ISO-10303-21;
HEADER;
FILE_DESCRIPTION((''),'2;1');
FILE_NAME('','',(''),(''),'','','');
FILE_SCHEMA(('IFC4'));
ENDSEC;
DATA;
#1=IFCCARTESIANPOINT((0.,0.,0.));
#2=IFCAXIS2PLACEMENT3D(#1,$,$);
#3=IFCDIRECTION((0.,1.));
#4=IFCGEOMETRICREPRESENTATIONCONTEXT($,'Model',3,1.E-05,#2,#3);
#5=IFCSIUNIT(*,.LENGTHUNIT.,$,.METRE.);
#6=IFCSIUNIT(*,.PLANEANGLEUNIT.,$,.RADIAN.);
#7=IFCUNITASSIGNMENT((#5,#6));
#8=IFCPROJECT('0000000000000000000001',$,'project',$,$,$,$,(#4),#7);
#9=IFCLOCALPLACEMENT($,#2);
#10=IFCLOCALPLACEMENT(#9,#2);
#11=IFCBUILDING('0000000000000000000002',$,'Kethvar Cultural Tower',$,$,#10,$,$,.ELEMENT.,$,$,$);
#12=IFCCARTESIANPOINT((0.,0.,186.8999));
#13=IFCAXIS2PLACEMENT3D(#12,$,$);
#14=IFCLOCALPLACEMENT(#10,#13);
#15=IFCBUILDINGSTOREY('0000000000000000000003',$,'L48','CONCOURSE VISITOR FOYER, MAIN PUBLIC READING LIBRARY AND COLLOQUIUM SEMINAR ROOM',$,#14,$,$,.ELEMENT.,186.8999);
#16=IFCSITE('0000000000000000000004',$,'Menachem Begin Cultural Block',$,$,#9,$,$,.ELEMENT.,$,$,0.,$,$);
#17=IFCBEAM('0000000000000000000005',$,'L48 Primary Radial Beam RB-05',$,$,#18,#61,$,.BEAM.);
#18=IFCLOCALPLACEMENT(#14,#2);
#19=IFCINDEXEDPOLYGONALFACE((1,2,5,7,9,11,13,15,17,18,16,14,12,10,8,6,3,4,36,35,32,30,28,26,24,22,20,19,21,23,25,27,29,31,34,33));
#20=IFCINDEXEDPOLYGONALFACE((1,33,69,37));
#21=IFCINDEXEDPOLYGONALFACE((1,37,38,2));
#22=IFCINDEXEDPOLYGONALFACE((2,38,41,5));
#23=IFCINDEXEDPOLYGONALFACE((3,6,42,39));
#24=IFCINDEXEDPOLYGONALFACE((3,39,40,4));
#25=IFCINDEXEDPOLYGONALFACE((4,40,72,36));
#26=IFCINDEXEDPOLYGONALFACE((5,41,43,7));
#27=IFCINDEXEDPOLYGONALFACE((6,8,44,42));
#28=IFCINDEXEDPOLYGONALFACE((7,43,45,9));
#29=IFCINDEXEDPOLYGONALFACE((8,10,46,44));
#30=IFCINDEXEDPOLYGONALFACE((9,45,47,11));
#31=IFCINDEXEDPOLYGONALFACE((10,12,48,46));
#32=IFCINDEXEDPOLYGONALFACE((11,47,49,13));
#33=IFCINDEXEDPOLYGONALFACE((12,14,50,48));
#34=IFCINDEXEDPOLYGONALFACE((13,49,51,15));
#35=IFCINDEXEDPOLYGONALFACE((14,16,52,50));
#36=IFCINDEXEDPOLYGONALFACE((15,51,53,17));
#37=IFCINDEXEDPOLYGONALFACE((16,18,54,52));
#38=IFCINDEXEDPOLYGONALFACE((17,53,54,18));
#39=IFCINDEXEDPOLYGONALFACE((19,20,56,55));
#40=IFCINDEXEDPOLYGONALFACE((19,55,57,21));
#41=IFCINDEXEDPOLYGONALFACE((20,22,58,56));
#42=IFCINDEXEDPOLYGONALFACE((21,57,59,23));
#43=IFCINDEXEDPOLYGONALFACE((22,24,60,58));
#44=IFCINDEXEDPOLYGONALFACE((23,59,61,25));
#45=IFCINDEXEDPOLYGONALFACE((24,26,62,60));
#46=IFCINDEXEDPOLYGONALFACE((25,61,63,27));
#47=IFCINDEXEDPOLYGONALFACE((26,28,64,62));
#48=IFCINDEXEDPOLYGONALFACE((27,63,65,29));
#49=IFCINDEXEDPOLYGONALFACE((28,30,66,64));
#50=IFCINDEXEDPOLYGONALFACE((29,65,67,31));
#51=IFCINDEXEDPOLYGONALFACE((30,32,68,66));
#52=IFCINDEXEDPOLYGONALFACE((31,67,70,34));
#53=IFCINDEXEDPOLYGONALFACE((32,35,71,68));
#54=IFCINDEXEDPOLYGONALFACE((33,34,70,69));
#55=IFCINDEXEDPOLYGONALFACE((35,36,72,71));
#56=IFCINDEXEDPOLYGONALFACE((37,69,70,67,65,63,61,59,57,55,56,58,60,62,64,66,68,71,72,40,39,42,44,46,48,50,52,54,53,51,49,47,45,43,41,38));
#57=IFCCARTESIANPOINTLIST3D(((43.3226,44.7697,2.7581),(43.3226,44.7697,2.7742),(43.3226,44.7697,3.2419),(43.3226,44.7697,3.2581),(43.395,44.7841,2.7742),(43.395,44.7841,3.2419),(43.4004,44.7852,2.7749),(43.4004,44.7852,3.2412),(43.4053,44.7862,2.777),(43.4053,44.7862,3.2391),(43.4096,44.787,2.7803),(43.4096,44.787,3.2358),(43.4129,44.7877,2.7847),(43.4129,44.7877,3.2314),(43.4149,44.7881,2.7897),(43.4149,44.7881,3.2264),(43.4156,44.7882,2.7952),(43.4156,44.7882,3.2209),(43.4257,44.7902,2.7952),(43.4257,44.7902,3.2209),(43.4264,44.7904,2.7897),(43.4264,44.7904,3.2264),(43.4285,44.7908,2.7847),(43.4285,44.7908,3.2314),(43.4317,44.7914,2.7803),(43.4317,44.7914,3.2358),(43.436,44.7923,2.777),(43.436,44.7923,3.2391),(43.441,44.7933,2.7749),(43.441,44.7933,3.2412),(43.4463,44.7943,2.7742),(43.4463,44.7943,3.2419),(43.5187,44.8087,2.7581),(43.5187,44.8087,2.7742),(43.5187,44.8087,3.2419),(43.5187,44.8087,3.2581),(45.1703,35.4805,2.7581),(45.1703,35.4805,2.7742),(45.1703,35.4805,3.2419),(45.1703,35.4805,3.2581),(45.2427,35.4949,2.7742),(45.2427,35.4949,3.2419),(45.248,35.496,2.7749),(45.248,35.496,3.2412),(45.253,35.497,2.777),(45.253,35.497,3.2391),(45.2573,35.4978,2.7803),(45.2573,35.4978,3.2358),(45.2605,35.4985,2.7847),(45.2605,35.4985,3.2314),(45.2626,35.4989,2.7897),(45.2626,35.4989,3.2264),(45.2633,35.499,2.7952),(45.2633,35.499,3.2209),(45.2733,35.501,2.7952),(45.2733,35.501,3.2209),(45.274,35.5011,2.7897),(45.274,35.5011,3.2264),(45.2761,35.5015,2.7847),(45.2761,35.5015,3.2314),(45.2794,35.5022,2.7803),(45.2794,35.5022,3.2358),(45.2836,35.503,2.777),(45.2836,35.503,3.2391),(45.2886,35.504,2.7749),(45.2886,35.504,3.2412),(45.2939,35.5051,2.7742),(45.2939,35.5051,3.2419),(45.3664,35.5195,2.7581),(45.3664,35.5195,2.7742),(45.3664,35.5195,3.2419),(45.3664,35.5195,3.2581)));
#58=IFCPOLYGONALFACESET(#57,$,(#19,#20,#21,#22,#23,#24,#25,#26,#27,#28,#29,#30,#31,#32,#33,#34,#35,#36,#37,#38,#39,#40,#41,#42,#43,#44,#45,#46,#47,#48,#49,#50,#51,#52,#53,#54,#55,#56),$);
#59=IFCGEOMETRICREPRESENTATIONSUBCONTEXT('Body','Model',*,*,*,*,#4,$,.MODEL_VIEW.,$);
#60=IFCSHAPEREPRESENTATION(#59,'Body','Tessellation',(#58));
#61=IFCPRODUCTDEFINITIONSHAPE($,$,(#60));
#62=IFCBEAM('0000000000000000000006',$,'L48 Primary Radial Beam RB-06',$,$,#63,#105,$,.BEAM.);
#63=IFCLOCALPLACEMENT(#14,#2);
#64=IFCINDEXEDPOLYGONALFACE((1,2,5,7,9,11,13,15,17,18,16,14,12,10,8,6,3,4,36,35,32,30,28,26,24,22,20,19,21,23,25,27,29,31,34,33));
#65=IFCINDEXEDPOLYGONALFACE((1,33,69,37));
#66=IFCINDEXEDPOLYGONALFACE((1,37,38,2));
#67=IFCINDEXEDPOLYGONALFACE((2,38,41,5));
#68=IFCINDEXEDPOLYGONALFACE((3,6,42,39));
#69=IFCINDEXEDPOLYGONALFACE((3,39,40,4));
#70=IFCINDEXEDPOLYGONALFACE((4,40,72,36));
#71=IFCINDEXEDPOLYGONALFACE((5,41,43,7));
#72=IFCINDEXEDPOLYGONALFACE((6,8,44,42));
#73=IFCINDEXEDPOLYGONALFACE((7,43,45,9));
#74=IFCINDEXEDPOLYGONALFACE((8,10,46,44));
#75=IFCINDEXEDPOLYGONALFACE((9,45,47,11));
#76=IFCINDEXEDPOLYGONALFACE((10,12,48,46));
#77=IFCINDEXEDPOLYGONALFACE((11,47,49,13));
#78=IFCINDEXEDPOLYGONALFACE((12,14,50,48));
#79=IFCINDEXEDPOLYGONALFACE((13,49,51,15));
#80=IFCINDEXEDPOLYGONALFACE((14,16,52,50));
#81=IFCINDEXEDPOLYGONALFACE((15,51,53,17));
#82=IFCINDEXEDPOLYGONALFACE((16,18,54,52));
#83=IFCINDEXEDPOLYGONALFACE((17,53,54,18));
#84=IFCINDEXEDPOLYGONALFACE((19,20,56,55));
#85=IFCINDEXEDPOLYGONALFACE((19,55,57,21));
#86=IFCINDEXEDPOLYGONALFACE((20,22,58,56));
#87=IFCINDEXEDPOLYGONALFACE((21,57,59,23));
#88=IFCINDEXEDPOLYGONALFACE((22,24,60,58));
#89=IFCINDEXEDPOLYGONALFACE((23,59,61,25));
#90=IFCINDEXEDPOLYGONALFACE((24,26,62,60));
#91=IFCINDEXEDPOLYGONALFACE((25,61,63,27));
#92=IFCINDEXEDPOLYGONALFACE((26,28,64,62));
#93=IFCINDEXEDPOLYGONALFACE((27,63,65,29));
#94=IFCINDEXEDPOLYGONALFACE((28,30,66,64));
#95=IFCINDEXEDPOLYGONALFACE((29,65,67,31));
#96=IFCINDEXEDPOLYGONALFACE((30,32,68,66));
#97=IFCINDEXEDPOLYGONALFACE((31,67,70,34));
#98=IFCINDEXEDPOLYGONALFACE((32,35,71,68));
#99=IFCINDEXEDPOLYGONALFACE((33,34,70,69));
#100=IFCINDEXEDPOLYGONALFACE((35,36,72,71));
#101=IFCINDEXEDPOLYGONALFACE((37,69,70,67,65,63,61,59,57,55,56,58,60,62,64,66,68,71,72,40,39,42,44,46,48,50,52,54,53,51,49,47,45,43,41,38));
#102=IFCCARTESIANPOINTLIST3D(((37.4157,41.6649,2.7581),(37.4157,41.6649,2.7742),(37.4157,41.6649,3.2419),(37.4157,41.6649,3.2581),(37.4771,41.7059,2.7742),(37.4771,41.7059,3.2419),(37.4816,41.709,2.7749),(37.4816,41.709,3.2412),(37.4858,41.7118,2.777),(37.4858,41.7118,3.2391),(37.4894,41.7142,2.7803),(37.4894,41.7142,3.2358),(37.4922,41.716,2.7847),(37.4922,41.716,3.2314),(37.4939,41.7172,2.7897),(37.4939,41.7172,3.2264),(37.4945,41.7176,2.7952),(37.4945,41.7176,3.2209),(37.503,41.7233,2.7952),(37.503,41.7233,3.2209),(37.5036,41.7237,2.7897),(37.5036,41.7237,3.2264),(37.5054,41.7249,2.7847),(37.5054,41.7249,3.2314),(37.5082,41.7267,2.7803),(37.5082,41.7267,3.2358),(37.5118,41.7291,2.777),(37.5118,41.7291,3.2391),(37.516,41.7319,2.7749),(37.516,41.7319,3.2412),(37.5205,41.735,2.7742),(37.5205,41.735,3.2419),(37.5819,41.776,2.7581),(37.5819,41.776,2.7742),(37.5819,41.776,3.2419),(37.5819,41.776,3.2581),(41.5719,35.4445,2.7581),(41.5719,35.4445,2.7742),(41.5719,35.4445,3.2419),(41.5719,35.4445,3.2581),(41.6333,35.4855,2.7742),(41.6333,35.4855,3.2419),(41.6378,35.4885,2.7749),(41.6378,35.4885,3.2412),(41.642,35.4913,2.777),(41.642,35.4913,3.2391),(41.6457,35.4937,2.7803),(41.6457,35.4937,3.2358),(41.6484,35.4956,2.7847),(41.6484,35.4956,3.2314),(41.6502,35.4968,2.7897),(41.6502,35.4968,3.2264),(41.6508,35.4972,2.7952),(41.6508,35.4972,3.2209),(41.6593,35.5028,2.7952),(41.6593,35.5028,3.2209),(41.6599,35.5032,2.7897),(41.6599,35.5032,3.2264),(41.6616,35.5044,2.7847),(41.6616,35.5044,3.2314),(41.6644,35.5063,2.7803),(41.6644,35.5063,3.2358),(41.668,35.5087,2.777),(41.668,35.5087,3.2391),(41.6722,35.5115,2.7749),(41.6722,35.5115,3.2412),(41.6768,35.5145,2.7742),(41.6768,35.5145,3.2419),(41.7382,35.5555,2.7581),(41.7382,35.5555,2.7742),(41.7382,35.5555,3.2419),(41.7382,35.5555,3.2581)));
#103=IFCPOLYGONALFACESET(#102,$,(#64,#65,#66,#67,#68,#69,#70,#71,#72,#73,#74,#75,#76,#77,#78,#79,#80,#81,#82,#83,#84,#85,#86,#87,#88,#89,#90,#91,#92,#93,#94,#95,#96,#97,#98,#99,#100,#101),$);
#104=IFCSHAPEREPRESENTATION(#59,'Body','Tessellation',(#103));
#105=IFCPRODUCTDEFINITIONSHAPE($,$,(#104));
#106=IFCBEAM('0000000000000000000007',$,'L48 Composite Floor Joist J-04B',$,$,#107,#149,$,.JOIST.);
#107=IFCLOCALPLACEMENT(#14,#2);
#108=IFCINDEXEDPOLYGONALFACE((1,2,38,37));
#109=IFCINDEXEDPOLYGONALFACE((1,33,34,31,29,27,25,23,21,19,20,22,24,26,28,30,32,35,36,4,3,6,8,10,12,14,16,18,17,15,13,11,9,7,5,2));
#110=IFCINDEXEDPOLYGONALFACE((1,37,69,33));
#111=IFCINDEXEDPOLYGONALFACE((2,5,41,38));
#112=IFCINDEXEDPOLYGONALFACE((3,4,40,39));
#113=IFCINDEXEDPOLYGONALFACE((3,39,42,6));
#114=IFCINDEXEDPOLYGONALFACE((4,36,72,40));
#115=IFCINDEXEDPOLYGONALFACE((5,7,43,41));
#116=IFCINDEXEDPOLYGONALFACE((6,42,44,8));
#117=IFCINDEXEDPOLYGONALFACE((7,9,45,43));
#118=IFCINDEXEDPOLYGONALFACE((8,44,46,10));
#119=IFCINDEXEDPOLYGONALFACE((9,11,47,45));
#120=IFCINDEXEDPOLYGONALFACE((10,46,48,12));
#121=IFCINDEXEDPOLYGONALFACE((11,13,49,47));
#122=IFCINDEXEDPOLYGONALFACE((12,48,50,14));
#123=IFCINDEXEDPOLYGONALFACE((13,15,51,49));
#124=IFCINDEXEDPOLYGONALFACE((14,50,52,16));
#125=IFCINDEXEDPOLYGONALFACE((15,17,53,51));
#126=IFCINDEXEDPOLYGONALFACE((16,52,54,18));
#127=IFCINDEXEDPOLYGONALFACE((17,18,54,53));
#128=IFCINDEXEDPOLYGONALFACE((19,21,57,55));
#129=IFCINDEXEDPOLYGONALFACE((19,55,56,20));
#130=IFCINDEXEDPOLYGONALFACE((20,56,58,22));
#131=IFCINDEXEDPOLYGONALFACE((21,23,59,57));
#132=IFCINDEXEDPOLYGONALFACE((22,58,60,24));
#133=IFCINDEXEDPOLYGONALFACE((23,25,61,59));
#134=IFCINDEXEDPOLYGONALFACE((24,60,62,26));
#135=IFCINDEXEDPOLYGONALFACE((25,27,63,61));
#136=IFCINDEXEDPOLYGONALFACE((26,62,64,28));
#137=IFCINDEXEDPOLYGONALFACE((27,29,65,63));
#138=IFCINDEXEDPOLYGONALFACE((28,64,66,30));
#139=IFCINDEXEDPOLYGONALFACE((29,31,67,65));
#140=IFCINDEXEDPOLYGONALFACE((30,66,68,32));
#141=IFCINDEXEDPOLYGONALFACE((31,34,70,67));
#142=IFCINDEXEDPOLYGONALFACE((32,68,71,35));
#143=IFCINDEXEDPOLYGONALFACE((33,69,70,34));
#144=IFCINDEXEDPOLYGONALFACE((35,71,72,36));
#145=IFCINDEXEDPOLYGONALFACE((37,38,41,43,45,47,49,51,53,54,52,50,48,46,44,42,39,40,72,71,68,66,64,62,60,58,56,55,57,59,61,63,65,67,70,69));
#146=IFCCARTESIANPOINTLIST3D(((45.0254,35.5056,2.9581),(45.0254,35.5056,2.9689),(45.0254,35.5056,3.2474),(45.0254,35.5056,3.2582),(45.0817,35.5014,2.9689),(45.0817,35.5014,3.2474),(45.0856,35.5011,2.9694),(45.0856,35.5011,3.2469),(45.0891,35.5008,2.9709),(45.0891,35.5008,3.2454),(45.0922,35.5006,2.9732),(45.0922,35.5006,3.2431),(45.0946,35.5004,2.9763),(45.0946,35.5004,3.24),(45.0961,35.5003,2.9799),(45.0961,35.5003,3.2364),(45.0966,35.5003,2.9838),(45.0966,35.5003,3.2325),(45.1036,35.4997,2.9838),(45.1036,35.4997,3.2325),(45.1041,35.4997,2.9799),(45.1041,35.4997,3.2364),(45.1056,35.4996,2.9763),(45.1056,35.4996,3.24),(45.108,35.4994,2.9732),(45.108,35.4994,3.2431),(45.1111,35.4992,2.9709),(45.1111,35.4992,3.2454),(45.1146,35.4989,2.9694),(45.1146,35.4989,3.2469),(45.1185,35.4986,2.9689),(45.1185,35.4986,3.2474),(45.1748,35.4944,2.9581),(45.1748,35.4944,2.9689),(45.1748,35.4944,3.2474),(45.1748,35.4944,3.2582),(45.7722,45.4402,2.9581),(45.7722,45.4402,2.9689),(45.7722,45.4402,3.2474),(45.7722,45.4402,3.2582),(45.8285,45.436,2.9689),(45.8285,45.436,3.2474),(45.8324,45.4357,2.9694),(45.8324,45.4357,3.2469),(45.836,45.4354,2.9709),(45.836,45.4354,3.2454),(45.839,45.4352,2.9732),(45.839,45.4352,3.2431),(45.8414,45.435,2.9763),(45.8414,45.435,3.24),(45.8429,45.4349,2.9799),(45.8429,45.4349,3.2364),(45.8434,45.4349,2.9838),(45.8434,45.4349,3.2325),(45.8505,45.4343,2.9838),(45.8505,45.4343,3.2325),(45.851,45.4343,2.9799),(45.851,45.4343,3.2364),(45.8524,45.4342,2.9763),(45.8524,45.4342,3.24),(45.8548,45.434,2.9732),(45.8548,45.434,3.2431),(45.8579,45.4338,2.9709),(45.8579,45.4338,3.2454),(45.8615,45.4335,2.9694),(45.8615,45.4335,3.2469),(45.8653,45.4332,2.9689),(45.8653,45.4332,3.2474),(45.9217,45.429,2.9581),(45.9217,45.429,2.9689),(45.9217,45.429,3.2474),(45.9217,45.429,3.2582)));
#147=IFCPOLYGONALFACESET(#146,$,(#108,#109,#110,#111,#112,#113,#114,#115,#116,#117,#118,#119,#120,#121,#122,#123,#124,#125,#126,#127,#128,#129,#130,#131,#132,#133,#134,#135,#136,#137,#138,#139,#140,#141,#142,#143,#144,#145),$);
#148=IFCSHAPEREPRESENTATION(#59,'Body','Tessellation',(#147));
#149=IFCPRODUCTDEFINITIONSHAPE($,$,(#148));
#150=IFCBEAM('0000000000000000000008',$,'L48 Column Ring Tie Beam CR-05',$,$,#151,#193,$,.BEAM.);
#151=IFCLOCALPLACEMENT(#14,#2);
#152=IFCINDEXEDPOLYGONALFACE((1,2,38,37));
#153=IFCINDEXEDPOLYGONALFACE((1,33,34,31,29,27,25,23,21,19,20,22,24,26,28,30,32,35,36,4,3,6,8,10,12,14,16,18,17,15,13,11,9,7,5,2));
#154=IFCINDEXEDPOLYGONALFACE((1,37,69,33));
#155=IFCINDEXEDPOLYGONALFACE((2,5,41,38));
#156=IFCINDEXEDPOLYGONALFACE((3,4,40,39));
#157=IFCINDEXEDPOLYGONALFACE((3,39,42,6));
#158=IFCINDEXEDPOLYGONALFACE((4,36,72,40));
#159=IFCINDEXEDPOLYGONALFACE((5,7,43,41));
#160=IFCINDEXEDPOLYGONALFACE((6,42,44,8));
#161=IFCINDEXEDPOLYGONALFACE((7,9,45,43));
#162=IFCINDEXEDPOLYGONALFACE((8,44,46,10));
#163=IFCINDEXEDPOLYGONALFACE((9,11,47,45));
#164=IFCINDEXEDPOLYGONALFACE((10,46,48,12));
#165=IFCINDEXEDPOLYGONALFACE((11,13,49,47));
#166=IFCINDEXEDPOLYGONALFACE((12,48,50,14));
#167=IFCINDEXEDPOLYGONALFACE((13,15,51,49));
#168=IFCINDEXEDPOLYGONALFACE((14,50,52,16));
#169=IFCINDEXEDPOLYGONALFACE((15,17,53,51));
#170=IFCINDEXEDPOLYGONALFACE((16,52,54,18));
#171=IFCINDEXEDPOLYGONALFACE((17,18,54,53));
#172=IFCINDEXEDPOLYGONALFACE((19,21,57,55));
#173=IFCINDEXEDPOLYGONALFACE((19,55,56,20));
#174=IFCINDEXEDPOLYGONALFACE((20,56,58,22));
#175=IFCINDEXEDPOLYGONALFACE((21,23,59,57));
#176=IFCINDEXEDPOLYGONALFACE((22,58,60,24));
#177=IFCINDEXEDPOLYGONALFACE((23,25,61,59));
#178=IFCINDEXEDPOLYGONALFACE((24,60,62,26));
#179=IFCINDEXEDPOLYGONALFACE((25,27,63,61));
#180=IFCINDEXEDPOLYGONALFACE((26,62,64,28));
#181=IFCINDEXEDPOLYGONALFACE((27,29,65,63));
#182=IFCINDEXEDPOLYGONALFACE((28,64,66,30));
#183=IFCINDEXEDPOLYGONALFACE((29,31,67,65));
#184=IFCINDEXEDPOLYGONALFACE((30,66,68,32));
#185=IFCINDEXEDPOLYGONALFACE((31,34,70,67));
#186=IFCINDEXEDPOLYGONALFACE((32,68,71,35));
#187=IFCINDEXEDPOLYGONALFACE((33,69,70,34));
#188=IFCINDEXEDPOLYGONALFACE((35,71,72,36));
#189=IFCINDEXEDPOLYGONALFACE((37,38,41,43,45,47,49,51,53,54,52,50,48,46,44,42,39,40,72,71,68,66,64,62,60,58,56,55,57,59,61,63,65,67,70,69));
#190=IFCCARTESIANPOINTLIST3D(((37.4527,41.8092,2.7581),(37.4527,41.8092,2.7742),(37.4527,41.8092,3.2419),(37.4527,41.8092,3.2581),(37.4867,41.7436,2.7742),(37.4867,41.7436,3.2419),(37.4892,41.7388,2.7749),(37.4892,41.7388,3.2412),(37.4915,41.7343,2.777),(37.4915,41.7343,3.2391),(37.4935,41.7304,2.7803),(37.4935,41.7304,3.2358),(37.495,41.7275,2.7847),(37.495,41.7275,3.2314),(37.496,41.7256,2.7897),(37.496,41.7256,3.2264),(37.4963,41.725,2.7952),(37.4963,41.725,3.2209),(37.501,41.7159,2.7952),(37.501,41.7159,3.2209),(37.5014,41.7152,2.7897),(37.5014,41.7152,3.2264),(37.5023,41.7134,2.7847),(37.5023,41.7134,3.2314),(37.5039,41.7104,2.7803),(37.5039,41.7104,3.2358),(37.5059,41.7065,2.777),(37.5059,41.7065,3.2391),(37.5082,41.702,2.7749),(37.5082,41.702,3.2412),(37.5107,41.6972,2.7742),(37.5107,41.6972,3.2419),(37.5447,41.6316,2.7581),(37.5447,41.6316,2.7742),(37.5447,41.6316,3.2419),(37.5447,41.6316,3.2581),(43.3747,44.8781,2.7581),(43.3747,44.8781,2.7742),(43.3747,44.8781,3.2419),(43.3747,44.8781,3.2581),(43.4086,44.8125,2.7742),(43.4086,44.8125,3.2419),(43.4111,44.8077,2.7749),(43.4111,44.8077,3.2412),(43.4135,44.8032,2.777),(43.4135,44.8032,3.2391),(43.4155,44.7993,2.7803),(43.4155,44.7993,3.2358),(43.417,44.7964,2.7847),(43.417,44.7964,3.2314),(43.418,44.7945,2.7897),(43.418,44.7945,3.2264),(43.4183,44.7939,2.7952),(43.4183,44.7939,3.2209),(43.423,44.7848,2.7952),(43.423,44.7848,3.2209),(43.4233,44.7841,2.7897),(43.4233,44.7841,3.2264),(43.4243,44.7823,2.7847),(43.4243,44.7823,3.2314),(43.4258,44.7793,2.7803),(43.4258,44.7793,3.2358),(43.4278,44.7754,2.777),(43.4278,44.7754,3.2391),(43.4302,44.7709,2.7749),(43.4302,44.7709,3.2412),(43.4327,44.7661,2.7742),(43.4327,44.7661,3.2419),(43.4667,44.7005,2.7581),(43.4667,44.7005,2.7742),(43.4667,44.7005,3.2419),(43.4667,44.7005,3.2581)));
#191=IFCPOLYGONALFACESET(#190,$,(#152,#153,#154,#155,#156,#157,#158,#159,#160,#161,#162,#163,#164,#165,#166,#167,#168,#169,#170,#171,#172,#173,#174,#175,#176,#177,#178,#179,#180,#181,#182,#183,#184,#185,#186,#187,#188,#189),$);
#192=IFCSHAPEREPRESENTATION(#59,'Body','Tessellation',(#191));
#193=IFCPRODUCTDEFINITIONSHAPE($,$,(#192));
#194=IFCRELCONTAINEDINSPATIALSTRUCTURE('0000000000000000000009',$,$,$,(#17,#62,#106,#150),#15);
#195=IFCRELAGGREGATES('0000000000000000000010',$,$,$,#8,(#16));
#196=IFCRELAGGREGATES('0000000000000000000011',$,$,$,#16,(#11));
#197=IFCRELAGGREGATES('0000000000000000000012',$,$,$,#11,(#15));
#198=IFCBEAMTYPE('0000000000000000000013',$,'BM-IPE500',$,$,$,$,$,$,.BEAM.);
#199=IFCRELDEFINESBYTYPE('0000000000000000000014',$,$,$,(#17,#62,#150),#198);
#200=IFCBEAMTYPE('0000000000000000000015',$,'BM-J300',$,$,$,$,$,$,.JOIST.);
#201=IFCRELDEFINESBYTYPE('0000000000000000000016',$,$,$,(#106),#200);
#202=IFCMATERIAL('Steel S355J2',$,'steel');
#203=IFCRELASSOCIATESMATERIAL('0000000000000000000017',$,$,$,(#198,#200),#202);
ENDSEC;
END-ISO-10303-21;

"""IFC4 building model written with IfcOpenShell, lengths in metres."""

from ifc_helpers import new_model, si_unit, direction, frame, origin, origin_2d, place, context, subcontext, project, spatial, i_section, extrude, source, transform, mapped, material, material_profile, profile_set, type_object, element, save


model = new_model("IFC4")

# Units and contexts
model_context = context("Model", 3, precision=1e-05, world=origin(), true_north=direction((0.0, 1.0)))
body_context = subcontext(model_context, "Body", "Model", "MODEL_VIEW")
ifc_project = project(units=[si_unit("LENGTHUNIT", "METRE"), si_unit("PLANEANGLEUNIT", "RADIAN")], contexts=[model_context])

# Site, building, storey
site_placement = place(None, origin())
site = spatial("IfcSite", under=ifc_project, at=site_placement, Name="Menachem Begin Cultural Block", CompositionType="ELEMENT", RefElevation=0.0)
building_placement = place(site_placement, origin())
building = spatial("IfcBuilding", under=site, at=building_placement, Name="Kethvar Cultural Tower", CompositionType="ELEMENT")
storey_placement = place(building_placement, frame((0.0, 0.0, 186.8999)))
storey = spatial("IfcBuildingStorey", under=building, at=storey_placement, Name="L48", Description="CONCOURSE VISITOR FOYER, MAIN PUBLIC READING LIBRARY AND COLLOQUIUM SEMINAR ROOM", CompositionType="ELEMENT", Elevation=186.8999)

# Beams
ifc_material_1 = material(Name="Steel S355J2", Category="steel")
ifc_material_profile_1 = material_profile(ifc_material_1, i_section(OverallWidth=0.2, OverallDepth=0.5, WebThickness=0.0103, FlangeThickness=0.0161, FilletRadius=0.021, at=origin_2d()), Name="Steel S355J2 — IPE500")
ifc_profile_set_1 = profile_set([ifc_material_profile_1], Name="Steel S355J2 — IPE500")
beam_type_1 = type_object("IfcBeamType", Name="BM-IPE500", PredefinedType="BEAM", material=ifc_profile_set_1)
shared_shape_1 = source(origin(), body_context, "Body", "SweptSolid", [
    extrude(i_section(OverallWidth=0.2, OverallDepth=0.5, WebThickness=0.0103, FlangeThickness=0.0161, FilletRadius=0.021, at=origin_2d()), origin(), (0.0, 0.0, 1.0), 9.4712),
])
beam_1_placement = place(storey_placement, frame((45.2683, 35.5, 3.0081), z_axis=(-0.19508, 0.980787, 0.0), x_axis=(-0.980787, -0.19508, 0.0)))
element("IfcBeam", 1, at=beam_1_placement, inside=storey, type_object=beam_type_1, Name="L48 Primary Radial Beam RB-05", PredefinedType="BEAM", context=body_context, shape_type="MappedRepresentation", body=[
    mapped(shared_shape_1, transform((0.0, 0.0, 0.0), scale=1.0)),
])
shared_shape_2 = source(origin(), body_context, "Body", "SweptSolid", [
    extrude(i_section(OverallWidth=0.2, OverallDepth=0.5, WebThickness=0.0103, FlangeThickness=0.0161, FilletRadius=0.021, at=origin_2d()), origin(), (0.0, 0.0, 1.0), 7.4812),
])
beam_2_placement = place(storey_placement, frame((41.655, 35.5, 3.0081), z_axis=(-0.555558, 0.831478, 0.0), x_axis=(-0.831478, -0.555558, 0.0)))
element("IfcBeam", 2, at=beam_2_placement, inside=storey, type_object=beam_type_1, Name="L48 Primary Radial Beam RB-06", PredefinedType="BEAM", context=body_context, shape_type="MappedRepresentation", body=[
    mapped(shared_shape_2, transform((0.0, 0.0, 0.0), scale=1.0)),
])
ifc_material_profile_2 = material_profile(ifc_material_1, i_section(OverallWidth=0.1499, OverallDepth=0.3, WebThickness=0.0071, FlangeThickness=0.0107, FilletRadius=0.0149, at=origin_2d()), Name="Steel S355J2 — IPE300")
ifc_profile_set_2 = profile_set([ifc_material_profile_2], Name="Steel S355J2 — IPE300")
beam_type_2 = type_object("IfcBeamType", Name="BM-J300", PredefinedType="JOIST", material=ifc_profile_set_2)
shared_shape_3 = source(origin(), body_context, "Body", "SweptSolid", [
    extrude(i_section(OverallWidth=0.1499, OverallDepth=0.3, WebThickness=0.0071, FlangeThickness=0.0107, FilletRadius=0.0149, at=origin_2d()), origin(), (0.0, 0.0, 1.0), 9.9626),
])
beam_3_placement = place(storey_placement, frame((45.1001, 35.5, 3.1082), z_axis=(0.074963, 0.997186, 0.0), x_axis=(-0.997186, 0.074963, 0.0)))
element("IfcBeam", 3, at=beam_3_placement, inside=storey, type_object=beam_type_2, Name="L48 Composite Floor Joist J-04B", PredefinedType="JOIST", context=body_context, shape_type="MappedRepresentation", body=[
    mapped(shared_shape_3, transform((0.0, 0.0, 0.0), scale=1.0)),
])
shared_shape_4 = source(origin(), body_context, "Body", "SweptSolid", [
    extrude(i_section(OverallWidth=0.2, OverallDepth=0.5, WebThickness=0.0103, FlangeThickness=0.0161, FilletRadius=0.021, at=origin_2d()), origin(), (0.0, 0.0, 1.0), 6.6699),
])
beam_4_placement = place(storey_placement, frame((43.4207, 44.7893, 3.0081), z_axis=(-0.887862, -0.46011, 0.0), x_axis=(0.46011, -0.887862, 0.0)))
element("IfcBeam", 4, at=beam_4_placement, inside=storey, type_object=beam_type_1, Name="L48 Column Ring Tie Beam CR-05", PredefinedType="BEAM", context=body_context, shape_type="MappedRepresentation", body=[
    mapped(shared_shape_4, transform((0.0, 0.0, 0.0), scale=1.0)),
])

save(model, "model.ifc")
